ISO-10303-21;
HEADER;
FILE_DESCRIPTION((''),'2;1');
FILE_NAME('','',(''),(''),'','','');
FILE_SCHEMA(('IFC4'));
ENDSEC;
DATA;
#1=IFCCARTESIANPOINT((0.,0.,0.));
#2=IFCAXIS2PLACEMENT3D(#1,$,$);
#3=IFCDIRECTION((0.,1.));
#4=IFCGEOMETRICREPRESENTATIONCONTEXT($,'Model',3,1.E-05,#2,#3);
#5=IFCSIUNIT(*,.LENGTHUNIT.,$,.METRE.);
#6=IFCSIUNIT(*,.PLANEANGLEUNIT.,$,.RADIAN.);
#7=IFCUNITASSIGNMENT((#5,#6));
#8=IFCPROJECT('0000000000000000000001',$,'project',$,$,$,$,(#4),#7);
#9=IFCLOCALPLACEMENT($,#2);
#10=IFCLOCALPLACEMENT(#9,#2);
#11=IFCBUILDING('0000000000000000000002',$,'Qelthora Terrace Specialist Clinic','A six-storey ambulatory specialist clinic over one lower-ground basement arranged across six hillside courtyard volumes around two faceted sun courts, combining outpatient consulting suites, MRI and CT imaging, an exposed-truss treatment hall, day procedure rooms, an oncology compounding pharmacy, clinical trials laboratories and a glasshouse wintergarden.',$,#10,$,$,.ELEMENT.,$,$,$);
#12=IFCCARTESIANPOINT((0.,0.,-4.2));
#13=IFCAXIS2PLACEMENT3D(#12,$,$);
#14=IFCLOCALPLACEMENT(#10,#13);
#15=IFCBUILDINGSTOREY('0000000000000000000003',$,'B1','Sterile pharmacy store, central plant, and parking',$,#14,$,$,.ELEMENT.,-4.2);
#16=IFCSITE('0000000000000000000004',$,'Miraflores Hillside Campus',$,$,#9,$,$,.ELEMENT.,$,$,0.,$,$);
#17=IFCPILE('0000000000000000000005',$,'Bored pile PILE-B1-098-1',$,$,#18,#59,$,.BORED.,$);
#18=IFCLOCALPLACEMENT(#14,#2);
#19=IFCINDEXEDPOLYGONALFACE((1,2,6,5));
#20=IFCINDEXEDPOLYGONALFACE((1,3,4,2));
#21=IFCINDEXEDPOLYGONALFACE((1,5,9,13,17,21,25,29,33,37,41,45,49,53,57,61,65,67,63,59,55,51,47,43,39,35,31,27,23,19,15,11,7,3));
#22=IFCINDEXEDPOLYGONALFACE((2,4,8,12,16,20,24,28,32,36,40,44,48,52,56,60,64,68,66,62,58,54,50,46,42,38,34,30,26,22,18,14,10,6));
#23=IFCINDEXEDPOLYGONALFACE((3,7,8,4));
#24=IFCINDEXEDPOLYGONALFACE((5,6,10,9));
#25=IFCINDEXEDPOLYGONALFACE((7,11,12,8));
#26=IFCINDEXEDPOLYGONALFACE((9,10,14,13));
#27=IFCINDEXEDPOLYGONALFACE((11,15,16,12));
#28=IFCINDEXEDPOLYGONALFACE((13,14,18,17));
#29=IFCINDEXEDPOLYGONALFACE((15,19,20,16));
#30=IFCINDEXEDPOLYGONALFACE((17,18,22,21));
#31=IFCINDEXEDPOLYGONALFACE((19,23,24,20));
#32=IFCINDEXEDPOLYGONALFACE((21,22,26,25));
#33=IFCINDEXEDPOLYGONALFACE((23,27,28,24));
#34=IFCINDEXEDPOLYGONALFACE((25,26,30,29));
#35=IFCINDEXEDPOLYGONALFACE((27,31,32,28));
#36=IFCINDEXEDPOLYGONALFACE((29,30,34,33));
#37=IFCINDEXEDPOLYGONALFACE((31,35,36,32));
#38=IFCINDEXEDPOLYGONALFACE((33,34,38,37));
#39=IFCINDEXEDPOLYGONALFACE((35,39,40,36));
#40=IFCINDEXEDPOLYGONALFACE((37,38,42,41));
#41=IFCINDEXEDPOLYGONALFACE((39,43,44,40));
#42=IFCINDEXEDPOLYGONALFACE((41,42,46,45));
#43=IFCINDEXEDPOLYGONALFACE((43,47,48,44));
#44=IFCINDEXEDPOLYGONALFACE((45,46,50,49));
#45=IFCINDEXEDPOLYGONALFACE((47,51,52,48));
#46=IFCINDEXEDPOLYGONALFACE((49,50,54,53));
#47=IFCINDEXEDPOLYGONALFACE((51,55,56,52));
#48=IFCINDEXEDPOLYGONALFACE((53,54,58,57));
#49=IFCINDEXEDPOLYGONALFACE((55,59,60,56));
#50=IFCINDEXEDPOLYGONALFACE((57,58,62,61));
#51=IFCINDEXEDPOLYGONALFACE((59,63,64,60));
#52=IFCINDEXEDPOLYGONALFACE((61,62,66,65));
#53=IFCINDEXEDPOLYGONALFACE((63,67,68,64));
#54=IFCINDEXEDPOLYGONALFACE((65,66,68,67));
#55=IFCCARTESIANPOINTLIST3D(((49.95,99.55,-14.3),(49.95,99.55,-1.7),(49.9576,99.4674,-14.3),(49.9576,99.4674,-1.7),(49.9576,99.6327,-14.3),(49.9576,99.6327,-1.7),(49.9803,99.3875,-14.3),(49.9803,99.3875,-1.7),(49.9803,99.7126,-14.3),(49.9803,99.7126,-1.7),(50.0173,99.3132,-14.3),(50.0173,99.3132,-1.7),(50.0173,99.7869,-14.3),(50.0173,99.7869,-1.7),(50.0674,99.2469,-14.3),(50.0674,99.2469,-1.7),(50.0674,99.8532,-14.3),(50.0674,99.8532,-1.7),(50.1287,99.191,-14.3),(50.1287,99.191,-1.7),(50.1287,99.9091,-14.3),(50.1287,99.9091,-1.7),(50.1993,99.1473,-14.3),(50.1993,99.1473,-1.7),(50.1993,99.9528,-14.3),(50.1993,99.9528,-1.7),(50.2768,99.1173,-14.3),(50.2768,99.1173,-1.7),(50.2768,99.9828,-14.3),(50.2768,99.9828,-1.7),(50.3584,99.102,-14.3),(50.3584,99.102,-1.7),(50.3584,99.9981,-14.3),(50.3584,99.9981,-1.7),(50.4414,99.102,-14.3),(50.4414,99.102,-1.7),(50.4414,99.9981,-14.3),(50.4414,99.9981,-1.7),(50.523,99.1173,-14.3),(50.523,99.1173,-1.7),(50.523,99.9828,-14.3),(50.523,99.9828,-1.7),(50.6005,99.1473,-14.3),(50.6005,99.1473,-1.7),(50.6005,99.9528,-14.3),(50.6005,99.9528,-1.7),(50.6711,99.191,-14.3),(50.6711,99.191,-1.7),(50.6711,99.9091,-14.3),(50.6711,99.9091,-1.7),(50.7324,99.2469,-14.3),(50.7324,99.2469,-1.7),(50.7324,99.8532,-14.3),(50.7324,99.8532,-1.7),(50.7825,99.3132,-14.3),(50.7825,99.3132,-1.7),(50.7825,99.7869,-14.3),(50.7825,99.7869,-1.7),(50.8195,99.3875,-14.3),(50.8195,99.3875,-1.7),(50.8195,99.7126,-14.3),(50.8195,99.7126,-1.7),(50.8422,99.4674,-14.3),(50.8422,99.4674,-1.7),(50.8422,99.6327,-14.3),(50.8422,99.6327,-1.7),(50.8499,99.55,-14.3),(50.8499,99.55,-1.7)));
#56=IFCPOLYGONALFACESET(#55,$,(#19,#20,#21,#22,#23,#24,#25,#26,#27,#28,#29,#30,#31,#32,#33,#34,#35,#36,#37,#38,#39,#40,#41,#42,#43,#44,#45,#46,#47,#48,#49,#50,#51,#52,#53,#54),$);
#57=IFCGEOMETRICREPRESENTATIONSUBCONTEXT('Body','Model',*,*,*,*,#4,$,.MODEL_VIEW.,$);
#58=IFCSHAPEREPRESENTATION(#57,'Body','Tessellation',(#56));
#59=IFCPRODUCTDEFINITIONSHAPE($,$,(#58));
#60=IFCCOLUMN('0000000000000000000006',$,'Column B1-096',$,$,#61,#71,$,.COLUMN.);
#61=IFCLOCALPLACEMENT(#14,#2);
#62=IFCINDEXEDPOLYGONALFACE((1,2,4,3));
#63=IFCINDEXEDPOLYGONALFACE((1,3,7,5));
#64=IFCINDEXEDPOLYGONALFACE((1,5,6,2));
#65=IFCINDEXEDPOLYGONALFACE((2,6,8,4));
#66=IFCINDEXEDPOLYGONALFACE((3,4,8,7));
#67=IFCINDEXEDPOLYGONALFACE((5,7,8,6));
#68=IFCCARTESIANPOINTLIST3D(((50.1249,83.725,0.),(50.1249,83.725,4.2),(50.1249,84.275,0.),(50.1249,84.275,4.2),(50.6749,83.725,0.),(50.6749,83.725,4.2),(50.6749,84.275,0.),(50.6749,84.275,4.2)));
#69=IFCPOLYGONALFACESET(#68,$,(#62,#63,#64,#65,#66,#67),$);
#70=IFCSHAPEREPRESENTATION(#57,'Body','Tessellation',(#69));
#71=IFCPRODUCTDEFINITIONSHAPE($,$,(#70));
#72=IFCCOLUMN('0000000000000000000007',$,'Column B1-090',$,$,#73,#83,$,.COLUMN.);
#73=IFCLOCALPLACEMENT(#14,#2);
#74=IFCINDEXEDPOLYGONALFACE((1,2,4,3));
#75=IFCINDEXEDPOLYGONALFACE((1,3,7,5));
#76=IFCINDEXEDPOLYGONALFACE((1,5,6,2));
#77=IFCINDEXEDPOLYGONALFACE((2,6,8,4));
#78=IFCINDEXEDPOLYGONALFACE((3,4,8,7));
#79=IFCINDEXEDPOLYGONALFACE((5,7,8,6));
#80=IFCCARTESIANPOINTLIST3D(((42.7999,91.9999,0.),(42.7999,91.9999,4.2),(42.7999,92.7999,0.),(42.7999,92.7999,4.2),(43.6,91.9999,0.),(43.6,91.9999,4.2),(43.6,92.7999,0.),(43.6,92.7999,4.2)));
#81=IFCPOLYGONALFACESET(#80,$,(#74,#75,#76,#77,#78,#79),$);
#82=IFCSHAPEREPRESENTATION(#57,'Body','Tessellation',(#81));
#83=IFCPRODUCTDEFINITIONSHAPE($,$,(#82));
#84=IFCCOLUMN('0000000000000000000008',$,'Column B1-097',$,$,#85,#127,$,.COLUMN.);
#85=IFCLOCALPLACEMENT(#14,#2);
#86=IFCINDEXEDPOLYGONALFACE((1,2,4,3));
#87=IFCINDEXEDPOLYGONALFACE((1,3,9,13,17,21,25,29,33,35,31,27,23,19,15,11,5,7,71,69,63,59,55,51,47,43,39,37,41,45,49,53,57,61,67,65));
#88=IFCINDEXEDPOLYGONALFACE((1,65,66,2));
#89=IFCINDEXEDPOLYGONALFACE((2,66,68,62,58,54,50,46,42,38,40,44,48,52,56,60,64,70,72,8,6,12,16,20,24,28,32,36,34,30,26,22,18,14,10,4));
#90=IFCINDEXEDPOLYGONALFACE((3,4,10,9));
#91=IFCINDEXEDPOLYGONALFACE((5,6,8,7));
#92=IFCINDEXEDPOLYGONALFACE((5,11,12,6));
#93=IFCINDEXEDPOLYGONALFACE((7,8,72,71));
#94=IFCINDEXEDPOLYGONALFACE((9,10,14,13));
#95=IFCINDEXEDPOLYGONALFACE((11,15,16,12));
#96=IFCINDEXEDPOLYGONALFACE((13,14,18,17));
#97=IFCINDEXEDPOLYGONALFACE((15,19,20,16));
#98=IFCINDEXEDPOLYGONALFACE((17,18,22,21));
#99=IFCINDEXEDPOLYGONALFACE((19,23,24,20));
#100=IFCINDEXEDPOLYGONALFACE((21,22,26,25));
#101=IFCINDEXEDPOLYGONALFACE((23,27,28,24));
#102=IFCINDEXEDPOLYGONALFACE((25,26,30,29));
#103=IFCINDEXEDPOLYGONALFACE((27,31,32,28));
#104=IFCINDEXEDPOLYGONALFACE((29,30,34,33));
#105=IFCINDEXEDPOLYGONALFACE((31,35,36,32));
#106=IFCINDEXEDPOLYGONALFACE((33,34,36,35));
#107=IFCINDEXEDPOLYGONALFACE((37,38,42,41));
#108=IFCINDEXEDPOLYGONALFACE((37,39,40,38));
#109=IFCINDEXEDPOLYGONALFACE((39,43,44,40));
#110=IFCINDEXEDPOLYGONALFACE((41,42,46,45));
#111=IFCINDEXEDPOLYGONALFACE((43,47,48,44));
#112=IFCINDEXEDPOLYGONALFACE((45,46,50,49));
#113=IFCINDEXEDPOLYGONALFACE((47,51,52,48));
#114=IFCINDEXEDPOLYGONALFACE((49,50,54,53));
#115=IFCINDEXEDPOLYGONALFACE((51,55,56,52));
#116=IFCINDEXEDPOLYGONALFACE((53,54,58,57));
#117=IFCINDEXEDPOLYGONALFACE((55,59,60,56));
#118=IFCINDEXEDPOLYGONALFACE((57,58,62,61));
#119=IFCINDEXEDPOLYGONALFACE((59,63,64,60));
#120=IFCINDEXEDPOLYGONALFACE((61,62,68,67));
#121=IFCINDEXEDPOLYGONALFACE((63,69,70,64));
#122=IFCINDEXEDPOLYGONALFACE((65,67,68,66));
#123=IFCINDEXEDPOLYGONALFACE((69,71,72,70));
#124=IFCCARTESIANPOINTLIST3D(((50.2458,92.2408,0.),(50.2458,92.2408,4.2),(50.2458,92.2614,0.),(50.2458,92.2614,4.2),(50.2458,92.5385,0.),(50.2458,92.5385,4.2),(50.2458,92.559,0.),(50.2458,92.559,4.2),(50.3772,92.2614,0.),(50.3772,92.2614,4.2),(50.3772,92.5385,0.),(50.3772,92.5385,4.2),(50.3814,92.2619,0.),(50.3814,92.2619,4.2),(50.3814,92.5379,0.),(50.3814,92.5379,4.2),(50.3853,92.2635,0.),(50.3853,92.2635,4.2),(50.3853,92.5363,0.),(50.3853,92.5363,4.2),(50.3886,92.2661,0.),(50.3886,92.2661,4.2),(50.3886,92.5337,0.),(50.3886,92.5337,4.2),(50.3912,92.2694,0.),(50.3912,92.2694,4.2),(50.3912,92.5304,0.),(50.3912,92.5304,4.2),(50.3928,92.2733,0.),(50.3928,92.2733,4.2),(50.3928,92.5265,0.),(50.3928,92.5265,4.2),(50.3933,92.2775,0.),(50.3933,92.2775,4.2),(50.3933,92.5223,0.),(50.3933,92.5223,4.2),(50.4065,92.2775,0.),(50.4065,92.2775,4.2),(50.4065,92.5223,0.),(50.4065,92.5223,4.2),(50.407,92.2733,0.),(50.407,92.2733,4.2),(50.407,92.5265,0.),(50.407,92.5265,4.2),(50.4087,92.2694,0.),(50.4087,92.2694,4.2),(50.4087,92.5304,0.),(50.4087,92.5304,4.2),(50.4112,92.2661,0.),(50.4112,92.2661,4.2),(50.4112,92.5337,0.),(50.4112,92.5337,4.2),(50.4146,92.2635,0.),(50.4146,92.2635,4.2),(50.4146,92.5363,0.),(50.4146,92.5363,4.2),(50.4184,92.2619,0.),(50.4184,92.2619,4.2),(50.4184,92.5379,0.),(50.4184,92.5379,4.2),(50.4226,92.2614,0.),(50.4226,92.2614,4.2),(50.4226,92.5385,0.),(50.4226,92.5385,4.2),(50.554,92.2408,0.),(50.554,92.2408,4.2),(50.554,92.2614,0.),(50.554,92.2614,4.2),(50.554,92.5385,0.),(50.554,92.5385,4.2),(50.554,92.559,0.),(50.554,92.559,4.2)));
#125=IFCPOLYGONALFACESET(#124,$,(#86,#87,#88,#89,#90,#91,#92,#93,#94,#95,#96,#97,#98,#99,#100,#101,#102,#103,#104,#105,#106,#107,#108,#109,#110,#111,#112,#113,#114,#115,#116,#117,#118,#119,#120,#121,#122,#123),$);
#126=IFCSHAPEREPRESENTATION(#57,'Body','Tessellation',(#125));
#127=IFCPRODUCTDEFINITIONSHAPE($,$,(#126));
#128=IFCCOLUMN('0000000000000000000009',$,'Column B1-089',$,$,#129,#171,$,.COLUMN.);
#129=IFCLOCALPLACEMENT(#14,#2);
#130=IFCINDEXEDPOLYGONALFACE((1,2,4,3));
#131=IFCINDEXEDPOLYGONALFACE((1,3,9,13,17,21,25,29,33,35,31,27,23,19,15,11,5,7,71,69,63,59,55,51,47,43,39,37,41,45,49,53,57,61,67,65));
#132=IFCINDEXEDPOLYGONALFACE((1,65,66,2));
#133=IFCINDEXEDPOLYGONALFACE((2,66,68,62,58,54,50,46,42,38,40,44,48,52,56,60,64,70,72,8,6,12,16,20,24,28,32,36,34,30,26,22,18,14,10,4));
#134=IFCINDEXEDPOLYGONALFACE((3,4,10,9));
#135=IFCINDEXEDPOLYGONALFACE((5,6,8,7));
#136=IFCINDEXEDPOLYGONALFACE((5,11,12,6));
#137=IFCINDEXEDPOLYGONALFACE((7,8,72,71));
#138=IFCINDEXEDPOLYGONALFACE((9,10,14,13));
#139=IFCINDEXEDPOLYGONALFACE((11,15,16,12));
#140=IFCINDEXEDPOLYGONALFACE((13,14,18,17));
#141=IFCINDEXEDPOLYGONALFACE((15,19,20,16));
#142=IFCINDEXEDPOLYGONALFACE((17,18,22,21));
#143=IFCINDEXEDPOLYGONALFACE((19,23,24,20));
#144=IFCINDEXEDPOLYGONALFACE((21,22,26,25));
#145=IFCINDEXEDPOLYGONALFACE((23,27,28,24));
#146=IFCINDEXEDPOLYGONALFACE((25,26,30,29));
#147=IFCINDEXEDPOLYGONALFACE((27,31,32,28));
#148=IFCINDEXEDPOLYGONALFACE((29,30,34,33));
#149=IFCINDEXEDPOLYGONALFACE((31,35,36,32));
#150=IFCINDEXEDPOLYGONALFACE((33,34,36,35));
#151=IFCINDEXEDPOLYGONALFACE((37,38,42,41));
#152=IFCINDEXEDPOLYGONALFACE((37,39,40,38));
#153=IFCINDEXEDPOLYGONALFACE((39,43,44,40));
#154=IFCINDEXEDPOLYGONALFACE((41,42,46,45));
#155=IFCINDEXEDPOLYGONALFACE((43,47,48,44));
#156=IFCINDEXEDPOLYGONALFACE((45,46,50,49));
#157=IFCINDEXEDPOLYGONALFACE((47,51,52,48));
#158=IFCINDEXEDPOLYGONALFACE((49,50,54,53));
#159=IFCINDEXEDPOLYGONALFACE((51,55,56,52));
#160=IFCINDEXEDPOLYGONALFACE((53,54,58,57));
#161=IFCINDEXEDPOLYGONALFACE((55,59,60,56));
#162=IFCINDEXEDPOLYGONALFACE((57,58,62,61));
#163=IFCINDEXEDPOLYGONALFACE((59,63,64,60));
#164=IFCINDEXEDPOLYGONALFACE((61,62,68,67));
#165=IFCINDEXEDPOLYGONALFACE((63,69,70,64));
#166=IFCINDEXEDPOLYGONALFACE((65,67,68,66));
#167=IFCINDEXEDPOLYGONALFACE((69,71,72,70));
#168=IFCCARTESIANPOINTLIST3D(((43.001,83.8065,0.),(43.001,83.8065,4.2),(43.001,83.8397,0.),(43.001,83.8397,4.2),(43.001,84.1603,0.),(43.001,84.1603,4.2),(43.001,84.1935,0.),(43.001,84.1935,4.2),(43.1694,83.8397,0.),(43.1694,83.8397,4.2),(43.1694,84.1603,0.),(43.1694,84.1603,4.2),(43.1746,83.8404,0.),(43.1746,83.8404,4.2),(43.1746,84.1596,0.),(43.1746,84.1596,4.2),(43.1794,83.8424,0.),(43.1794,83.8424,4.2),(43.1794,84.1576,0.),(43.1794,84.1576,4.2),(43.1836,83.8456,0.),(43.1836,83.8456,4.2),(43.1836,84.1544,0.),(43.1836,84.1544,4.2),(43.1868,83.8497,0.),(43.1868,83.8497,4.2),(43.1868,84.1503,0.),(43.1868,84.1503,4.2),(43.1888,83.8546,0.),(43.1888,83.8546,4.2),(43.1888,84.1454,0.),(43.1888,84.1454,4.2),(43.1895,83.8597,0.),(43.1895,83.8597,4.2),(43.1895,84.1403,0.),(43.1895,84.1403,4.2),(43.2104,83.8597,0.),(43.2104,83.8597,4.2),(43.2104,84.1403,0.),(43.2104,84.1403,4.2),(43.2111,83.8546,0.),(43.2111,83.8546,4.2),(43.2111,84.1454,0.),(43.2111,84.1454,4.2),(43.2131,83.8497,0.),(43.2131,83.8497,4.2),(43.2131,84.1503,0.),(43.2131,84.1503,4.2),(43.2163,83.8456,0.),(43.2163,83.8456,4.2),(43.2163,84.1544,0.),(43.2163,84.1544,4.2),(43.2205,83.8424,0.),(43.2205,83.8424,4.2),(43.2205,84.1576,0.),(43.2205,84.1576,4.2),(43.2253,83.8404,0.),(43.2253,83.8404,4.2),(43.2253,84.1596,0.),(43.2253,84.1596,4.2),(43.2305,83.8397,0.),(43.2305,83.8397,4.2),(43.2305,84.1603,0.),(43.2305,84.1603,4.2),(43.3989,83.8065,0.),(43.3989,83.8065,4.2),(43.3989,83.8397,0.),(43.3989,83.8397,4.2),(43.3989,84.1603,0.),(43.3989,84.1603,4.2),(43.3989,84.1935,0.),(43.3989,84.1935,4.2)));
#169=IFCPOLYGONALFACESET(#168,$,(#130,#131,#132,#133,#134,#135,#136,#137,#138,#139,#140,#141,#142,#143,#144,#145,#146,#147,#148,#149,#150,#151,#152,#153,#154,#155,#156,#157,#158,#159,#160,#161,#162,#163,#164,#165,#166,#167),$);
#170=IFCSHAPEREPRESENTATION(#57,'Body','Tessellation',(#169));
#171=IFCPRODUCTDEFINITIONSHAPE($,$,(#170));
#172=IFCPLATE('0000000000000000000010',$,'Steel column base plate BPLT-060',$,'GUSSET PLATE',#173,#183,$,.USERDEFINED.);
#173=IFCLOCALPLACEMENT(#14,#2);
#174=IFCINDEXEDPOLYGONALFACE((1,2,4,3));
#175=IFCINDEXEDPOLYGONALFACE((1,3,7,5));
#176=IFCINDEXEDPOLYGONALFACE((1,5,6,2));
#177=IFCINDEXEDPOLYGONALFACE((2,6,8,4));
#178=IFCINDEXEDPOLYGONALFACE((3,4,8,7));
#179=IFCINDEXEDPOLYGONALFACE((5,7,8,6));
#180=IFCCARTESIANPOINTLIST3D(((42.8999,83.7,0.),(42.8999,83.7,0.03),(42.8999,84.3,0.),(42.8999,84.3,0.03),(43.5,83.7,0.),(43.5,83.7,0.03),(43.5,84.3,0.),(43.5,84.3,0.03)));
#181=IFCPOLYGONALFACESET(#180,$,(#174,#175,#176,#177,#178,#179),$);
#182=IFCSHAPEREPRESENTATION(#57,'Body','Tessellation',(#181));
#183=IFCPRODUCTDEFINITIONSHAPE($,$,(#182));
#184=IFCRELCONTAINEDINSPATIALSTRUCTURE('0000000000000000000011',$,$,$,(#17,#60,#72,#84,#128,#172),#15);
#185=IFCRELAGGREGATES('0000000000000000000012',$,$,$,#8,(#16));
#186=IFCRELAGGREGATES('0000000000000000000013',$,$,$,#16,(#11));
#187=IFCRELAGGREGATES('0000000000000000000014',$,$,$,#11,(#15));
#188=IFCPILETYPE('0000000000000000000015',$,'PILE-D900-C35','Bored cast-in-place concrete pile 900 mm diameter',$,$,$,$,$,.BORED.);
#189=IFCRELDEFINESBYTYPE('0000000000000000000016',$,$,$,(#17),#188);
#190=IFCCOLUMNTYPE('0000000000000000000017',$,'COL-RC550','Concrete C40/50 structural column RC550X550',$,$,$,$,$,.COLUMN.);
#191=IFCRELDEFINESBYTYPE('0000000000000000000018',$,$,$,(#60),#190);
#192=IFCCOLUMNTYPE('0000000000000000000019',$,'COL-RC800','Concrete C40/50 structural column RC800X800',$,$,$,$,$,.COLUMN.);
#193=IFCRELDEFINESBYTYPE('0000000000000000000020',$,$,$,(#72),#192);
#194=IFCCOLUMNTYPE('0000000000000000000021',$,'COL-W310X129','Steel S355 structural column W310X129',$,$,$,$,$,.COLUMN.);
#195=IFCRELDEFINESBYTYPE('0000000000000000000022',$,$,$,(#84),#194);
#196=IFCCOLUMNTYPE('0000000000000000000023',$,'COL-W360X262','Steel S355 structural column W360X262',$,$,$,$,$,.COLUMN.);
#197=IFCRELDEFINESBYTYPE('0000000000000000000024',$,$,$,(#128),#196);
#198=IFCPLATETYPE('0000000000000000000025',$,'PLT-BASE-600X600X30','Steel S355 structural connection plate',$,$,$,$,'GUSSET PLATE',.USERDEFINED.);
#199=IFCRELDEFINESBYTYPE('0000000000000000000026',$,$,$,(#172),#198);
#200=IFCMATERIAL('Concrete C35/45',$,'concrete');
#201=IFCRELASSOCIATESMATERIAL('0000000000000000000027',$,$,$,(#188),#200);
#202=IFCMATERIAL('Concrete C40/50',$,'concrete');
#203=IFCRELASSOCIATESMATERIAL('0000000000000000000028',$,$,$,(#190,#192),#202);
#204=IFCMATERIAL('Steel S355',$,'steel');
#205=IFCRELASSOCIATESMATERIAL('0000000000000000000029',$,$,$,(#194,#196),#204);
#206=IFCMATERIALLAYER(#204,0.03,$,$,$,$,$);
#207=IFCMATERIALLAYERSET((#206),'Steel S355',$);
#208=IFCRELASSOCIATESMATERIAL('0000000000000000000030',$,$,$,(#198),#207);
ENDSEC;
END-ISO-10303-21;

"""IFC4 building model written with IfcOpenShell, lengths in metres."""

from ifc_helpers import new_model, si_unit, direction, frame, origin, origin_2d, place, context, subcontext, project, spatial, rectangle, circle, i_section, extrude, material, layer, layer_set, material_profile, profile_set, type_object, element, save


model = new_model("IFC4")

# Units and contexts
model_context = context("Model", 3, precision=1e-05, world=origin(), true_north=direction((0.0, 1.0)))
body_context = subcontext(model_context, "Body", "Model", "MODEL_VIEW")
ifc_project = project(units=[si_unit("LENGTHUNIT", "METRE"), si_unit("PLANEANGLEUNIT", "RADIAN")], contexts=[model_context])

# Site, building, storey
site_placement = place(None, origin())
site = spatial("IfcSite", under=ifc_project, at=site_placement, Name="Miraflores Hillside Campus", CompositionType="ELEMENT", RefElevation=0.0)
building_placement = place(site_placement, origin())
building = spatial("IfcBuilding", under=site, at=building_placement, Name="Qelthora Terrace Specialist Clinic", Description="A six-storey ambulatory specialist clinic over one lower-ground basement arranged across six hillside courtyard volumes around two faceted sun courts, combining outpatient consulting suites, MRI and CT imaging, an exposed-truss treatment hall, day procedure rooms, an oncology compounding pharmacy, clinical trials laboratories and a glasshouse wintergarden.", CompositionType="ELEMENT")
storey_placement = place(building_placement, frame((0.0, 0.0, -4.2)))
storey = spatial("IfcBuildingStorey", under=building, at=storey_placement, Name="B1", Description="Sterile pharmacy store, central plant, and parking", CompositionType="ELEMENT", Elevation=-4.2)

# Shared definitions
ifc_material_1 = material(Name="Concrete C35/45", Category="concrete")

# Pile
ifc_material_profile_1 = material_profile(ifc_material_1, circle(Radius=0.45, at=origin_2d()), Name="PILE900")
ifc_profile_set_1 = profile_set([ifc_material_profile_1], Name="Concrete C35/45")
pile_type_1 = type_object("IfcPileType", Name="PILE-D900-C35", Description="Bored cast-in-place concrete pile 900 mm diameter", PredefinedType="BORED", material=ifc_profile_set_1)
for number, where, z_axis, x_axis, name in (
    (1, (50.3999, 99.55, -1.7), (0.0, 0.0, -1.0), (1.0, 0.0, 0.0), "Bored pile PILE-B1-098-1"),
):
    element("IfcPile", number, at=place(storey_placement, frame(where, z_axis=z_axis, x_axis=x_axis)), inside=storey, type_object=pile_type_1, Name=name, PredefinedType="BORED", context=body_context, shape_type="SweptSolid", body=[
        extrude(circle(Radius=0.45, at=origin_2d()), origin(), (0.0, 0.0, 1.0), 12.6001),
    ])

# Columns
ifc_material_2 = material(Name="Concrete C40/50", Category="concrete")
ifc_material_profile_2 = material_profile(ifc_material_2, rectangle(XDim=0.55, YDim=0.55, at=origin_2d()), Name="RC550X550")
ifc_profile_set_2 = profile_set([ifc_material_profile_2], Name="Concrete C40/50")
column_type_1 = type_object("IfcColumnType", Name="COL-RC550", Description="Concrete C40/50 structural column RC550X550", PredefinedType="COLUMN", material=ifc_profile_set_2)
column_1_placement = place(storey_placement, frame((50.3999, 84.0, 0.0), z_axis=(0.0, 0.0, 1.0), x_axis=(1.0, 0.0, 0.0)))
element("IfcColumn", 2, at=column_1_placement, inside=storey, type_object=column_type_1, Name="Column B1-096", PredefinedType="COLUMN", context=body_context, shape_type="SweptSolid", body=[
    extrude(rectangle(XDim=0.55, YDim=0.55, at=origin_2d()), origin(), (0.0, 0.0, 1.0), 4.2),
])
ifc_material_profile_3 = material_profile(ifc_material_2, rectangle(XDim=0.8, YDim=0.8, at=origin_2d()), Name="RC800X800")
ifc_profile_set_3 = profile_set([ifc_material_profile_3], Name="Concrete C40/50")
column_type_2 = type_object("IfcColumnType", Name="COL-RC800", Description="Concrete C40/50 structural column RC800X800", PredefinedType="COLUMN", material=ifc_profile_set_3)
column_2_placement = place(storey_placement, frame((43.2, 92.3999, 0.0), z_axis=(0.0, 0.0, 1.0), x_axis=(1.0, 0.0, 0.0)))
element("IfcColumn", 3, at=column_2_placement, inside=storey, type_object=column_type_2, Name="Column B1-090", PredefinedType="COLUMN", context=body_context, shape_type="SweptSolid", body=[
    extrude(rectangle(XDim=0.8, YDim=0.8, at=origin_2d()), origin(), (0.0, 0.0, 1.0), 4.2),
])
ifc_material_3 = material(Name="Steel S355", Category="steel")
ifc_material_profile_4 = material_profile(ifc_material_3, i_section(OverallWidth=0.3081, OverallDepth=0.3181, WebThickness=0.0132, FlangeThickness=0.0205, FilletRadius=0.0161, at=origin_2d()), Name="W310X129")
ifc_profile_set_4 = profile_set([ifc_material_profile_4], Name="Steel S355")
column_type_3 = type_object("IfcColumnType", Name="COL-W310X129", Description="Steel S355 structural column W310X129", PredefinedType="COLUMN", material=ifc_profile_set_4)
column_3_placement = place(storey_placement, frame((50.3999, 92.3999, 0.0), z_axis=(0.0, 0.0, 1.0), x_axis=(1.0, 0.0, 0.0)))
element("IfcColumn", 4, at=column_3_placement, inside=storey, type_object=column_type_3, Name="Column B1-097", PredefinedType="COLUMN", context=body_context, shape_type="SweptSolid", body=[
    extrude(i_section(OverallWidth=0.3081, OverallDepth=0.3181, WebThickness=0.0132, FlangeThickness=0.0205, FilletRadius=0.0161, at=origin_2d()), origin(), (0.0, 0.0, 1.0), 4.2),
])
ifc_material_profile_5 = material_profile(ifc_material_3, i_section(OverallWidth=0.3979, OverallDepth=0.387, WebThickness=0.021, FlangeThickness=0.0332, FilletRadius=0.02, at=origin_2d()), Name="W360X262")
ifc_profile_set_5 = profile_set([ifc_material_profile_5], Name="Steel S355")
column_type_4 = type_object("IfcColumnType", Name="COL-W360X262", Description="Steel S355 structural column W360X262", PredefinedType="COLUMN", material=ifc_profile_set_5)
column_4_placement = place(storey_placement, frame((43.2, 84.0, 0.0), z_axis=(0.0, 0.0, 1.0), x_axis=(1.0, 0.0, 0.0)))
element("IfcColumn", 5, at=column_4_placement, inside=storey, type_object=column_type_4, Name="Column B1-089", PredefinedType="COLUMN", context=body_context, shape_type="SweptSolid", body=[
    extrude(i_section(OverallWidth=0.3979, OverallDepth=0.387, WebThickness=0.021, FlangeThickness=0.0332, FilletRadius=0.02, at=origin_2d()), origin(), (0.0, 0.0, 1.0), 4.2),
])

# Plate
ifc_layer_1 = layer(ifc_material_3, 0.03)
ifc_layer_set_1 = layer_set([ifc_layer_1], Name="Steel S355")
plate_type = type_object("IfcPlateType", Name="PLT-BASE-600X600X30", Description="Steel S355 structural connection plate", ElementType="GUSSET PLATE", PredefinedType="USERDEFINED", material=ifc_layer_set_1)
for number, where, z_axis, x_axis, name in (
    (6, (43.2, 84.0, 0.0), (0.0, 0.0, 1.0), (1.0, 0.0, 0.0), "Steel column base plate BPLT-060"),
):
    element("IfcPlate", number, at=place(storey_placement, frame(where, z_axis=z_axis, x_axis=x_axis)), inside=storey, type_object=plate_type, Name=name, ObjectType="GUSSET PLATE", PredefinedType="USERDEFINED", context=body_context, shape_type="SweptSolid", body=[
        extrude(rectangle(XDim=0.6001, YDim=0.6001, at=origin_2d()), origin(), (0.0, 0.0, 1.0), 0.03),
    ])

save(model, "model.ifc")
